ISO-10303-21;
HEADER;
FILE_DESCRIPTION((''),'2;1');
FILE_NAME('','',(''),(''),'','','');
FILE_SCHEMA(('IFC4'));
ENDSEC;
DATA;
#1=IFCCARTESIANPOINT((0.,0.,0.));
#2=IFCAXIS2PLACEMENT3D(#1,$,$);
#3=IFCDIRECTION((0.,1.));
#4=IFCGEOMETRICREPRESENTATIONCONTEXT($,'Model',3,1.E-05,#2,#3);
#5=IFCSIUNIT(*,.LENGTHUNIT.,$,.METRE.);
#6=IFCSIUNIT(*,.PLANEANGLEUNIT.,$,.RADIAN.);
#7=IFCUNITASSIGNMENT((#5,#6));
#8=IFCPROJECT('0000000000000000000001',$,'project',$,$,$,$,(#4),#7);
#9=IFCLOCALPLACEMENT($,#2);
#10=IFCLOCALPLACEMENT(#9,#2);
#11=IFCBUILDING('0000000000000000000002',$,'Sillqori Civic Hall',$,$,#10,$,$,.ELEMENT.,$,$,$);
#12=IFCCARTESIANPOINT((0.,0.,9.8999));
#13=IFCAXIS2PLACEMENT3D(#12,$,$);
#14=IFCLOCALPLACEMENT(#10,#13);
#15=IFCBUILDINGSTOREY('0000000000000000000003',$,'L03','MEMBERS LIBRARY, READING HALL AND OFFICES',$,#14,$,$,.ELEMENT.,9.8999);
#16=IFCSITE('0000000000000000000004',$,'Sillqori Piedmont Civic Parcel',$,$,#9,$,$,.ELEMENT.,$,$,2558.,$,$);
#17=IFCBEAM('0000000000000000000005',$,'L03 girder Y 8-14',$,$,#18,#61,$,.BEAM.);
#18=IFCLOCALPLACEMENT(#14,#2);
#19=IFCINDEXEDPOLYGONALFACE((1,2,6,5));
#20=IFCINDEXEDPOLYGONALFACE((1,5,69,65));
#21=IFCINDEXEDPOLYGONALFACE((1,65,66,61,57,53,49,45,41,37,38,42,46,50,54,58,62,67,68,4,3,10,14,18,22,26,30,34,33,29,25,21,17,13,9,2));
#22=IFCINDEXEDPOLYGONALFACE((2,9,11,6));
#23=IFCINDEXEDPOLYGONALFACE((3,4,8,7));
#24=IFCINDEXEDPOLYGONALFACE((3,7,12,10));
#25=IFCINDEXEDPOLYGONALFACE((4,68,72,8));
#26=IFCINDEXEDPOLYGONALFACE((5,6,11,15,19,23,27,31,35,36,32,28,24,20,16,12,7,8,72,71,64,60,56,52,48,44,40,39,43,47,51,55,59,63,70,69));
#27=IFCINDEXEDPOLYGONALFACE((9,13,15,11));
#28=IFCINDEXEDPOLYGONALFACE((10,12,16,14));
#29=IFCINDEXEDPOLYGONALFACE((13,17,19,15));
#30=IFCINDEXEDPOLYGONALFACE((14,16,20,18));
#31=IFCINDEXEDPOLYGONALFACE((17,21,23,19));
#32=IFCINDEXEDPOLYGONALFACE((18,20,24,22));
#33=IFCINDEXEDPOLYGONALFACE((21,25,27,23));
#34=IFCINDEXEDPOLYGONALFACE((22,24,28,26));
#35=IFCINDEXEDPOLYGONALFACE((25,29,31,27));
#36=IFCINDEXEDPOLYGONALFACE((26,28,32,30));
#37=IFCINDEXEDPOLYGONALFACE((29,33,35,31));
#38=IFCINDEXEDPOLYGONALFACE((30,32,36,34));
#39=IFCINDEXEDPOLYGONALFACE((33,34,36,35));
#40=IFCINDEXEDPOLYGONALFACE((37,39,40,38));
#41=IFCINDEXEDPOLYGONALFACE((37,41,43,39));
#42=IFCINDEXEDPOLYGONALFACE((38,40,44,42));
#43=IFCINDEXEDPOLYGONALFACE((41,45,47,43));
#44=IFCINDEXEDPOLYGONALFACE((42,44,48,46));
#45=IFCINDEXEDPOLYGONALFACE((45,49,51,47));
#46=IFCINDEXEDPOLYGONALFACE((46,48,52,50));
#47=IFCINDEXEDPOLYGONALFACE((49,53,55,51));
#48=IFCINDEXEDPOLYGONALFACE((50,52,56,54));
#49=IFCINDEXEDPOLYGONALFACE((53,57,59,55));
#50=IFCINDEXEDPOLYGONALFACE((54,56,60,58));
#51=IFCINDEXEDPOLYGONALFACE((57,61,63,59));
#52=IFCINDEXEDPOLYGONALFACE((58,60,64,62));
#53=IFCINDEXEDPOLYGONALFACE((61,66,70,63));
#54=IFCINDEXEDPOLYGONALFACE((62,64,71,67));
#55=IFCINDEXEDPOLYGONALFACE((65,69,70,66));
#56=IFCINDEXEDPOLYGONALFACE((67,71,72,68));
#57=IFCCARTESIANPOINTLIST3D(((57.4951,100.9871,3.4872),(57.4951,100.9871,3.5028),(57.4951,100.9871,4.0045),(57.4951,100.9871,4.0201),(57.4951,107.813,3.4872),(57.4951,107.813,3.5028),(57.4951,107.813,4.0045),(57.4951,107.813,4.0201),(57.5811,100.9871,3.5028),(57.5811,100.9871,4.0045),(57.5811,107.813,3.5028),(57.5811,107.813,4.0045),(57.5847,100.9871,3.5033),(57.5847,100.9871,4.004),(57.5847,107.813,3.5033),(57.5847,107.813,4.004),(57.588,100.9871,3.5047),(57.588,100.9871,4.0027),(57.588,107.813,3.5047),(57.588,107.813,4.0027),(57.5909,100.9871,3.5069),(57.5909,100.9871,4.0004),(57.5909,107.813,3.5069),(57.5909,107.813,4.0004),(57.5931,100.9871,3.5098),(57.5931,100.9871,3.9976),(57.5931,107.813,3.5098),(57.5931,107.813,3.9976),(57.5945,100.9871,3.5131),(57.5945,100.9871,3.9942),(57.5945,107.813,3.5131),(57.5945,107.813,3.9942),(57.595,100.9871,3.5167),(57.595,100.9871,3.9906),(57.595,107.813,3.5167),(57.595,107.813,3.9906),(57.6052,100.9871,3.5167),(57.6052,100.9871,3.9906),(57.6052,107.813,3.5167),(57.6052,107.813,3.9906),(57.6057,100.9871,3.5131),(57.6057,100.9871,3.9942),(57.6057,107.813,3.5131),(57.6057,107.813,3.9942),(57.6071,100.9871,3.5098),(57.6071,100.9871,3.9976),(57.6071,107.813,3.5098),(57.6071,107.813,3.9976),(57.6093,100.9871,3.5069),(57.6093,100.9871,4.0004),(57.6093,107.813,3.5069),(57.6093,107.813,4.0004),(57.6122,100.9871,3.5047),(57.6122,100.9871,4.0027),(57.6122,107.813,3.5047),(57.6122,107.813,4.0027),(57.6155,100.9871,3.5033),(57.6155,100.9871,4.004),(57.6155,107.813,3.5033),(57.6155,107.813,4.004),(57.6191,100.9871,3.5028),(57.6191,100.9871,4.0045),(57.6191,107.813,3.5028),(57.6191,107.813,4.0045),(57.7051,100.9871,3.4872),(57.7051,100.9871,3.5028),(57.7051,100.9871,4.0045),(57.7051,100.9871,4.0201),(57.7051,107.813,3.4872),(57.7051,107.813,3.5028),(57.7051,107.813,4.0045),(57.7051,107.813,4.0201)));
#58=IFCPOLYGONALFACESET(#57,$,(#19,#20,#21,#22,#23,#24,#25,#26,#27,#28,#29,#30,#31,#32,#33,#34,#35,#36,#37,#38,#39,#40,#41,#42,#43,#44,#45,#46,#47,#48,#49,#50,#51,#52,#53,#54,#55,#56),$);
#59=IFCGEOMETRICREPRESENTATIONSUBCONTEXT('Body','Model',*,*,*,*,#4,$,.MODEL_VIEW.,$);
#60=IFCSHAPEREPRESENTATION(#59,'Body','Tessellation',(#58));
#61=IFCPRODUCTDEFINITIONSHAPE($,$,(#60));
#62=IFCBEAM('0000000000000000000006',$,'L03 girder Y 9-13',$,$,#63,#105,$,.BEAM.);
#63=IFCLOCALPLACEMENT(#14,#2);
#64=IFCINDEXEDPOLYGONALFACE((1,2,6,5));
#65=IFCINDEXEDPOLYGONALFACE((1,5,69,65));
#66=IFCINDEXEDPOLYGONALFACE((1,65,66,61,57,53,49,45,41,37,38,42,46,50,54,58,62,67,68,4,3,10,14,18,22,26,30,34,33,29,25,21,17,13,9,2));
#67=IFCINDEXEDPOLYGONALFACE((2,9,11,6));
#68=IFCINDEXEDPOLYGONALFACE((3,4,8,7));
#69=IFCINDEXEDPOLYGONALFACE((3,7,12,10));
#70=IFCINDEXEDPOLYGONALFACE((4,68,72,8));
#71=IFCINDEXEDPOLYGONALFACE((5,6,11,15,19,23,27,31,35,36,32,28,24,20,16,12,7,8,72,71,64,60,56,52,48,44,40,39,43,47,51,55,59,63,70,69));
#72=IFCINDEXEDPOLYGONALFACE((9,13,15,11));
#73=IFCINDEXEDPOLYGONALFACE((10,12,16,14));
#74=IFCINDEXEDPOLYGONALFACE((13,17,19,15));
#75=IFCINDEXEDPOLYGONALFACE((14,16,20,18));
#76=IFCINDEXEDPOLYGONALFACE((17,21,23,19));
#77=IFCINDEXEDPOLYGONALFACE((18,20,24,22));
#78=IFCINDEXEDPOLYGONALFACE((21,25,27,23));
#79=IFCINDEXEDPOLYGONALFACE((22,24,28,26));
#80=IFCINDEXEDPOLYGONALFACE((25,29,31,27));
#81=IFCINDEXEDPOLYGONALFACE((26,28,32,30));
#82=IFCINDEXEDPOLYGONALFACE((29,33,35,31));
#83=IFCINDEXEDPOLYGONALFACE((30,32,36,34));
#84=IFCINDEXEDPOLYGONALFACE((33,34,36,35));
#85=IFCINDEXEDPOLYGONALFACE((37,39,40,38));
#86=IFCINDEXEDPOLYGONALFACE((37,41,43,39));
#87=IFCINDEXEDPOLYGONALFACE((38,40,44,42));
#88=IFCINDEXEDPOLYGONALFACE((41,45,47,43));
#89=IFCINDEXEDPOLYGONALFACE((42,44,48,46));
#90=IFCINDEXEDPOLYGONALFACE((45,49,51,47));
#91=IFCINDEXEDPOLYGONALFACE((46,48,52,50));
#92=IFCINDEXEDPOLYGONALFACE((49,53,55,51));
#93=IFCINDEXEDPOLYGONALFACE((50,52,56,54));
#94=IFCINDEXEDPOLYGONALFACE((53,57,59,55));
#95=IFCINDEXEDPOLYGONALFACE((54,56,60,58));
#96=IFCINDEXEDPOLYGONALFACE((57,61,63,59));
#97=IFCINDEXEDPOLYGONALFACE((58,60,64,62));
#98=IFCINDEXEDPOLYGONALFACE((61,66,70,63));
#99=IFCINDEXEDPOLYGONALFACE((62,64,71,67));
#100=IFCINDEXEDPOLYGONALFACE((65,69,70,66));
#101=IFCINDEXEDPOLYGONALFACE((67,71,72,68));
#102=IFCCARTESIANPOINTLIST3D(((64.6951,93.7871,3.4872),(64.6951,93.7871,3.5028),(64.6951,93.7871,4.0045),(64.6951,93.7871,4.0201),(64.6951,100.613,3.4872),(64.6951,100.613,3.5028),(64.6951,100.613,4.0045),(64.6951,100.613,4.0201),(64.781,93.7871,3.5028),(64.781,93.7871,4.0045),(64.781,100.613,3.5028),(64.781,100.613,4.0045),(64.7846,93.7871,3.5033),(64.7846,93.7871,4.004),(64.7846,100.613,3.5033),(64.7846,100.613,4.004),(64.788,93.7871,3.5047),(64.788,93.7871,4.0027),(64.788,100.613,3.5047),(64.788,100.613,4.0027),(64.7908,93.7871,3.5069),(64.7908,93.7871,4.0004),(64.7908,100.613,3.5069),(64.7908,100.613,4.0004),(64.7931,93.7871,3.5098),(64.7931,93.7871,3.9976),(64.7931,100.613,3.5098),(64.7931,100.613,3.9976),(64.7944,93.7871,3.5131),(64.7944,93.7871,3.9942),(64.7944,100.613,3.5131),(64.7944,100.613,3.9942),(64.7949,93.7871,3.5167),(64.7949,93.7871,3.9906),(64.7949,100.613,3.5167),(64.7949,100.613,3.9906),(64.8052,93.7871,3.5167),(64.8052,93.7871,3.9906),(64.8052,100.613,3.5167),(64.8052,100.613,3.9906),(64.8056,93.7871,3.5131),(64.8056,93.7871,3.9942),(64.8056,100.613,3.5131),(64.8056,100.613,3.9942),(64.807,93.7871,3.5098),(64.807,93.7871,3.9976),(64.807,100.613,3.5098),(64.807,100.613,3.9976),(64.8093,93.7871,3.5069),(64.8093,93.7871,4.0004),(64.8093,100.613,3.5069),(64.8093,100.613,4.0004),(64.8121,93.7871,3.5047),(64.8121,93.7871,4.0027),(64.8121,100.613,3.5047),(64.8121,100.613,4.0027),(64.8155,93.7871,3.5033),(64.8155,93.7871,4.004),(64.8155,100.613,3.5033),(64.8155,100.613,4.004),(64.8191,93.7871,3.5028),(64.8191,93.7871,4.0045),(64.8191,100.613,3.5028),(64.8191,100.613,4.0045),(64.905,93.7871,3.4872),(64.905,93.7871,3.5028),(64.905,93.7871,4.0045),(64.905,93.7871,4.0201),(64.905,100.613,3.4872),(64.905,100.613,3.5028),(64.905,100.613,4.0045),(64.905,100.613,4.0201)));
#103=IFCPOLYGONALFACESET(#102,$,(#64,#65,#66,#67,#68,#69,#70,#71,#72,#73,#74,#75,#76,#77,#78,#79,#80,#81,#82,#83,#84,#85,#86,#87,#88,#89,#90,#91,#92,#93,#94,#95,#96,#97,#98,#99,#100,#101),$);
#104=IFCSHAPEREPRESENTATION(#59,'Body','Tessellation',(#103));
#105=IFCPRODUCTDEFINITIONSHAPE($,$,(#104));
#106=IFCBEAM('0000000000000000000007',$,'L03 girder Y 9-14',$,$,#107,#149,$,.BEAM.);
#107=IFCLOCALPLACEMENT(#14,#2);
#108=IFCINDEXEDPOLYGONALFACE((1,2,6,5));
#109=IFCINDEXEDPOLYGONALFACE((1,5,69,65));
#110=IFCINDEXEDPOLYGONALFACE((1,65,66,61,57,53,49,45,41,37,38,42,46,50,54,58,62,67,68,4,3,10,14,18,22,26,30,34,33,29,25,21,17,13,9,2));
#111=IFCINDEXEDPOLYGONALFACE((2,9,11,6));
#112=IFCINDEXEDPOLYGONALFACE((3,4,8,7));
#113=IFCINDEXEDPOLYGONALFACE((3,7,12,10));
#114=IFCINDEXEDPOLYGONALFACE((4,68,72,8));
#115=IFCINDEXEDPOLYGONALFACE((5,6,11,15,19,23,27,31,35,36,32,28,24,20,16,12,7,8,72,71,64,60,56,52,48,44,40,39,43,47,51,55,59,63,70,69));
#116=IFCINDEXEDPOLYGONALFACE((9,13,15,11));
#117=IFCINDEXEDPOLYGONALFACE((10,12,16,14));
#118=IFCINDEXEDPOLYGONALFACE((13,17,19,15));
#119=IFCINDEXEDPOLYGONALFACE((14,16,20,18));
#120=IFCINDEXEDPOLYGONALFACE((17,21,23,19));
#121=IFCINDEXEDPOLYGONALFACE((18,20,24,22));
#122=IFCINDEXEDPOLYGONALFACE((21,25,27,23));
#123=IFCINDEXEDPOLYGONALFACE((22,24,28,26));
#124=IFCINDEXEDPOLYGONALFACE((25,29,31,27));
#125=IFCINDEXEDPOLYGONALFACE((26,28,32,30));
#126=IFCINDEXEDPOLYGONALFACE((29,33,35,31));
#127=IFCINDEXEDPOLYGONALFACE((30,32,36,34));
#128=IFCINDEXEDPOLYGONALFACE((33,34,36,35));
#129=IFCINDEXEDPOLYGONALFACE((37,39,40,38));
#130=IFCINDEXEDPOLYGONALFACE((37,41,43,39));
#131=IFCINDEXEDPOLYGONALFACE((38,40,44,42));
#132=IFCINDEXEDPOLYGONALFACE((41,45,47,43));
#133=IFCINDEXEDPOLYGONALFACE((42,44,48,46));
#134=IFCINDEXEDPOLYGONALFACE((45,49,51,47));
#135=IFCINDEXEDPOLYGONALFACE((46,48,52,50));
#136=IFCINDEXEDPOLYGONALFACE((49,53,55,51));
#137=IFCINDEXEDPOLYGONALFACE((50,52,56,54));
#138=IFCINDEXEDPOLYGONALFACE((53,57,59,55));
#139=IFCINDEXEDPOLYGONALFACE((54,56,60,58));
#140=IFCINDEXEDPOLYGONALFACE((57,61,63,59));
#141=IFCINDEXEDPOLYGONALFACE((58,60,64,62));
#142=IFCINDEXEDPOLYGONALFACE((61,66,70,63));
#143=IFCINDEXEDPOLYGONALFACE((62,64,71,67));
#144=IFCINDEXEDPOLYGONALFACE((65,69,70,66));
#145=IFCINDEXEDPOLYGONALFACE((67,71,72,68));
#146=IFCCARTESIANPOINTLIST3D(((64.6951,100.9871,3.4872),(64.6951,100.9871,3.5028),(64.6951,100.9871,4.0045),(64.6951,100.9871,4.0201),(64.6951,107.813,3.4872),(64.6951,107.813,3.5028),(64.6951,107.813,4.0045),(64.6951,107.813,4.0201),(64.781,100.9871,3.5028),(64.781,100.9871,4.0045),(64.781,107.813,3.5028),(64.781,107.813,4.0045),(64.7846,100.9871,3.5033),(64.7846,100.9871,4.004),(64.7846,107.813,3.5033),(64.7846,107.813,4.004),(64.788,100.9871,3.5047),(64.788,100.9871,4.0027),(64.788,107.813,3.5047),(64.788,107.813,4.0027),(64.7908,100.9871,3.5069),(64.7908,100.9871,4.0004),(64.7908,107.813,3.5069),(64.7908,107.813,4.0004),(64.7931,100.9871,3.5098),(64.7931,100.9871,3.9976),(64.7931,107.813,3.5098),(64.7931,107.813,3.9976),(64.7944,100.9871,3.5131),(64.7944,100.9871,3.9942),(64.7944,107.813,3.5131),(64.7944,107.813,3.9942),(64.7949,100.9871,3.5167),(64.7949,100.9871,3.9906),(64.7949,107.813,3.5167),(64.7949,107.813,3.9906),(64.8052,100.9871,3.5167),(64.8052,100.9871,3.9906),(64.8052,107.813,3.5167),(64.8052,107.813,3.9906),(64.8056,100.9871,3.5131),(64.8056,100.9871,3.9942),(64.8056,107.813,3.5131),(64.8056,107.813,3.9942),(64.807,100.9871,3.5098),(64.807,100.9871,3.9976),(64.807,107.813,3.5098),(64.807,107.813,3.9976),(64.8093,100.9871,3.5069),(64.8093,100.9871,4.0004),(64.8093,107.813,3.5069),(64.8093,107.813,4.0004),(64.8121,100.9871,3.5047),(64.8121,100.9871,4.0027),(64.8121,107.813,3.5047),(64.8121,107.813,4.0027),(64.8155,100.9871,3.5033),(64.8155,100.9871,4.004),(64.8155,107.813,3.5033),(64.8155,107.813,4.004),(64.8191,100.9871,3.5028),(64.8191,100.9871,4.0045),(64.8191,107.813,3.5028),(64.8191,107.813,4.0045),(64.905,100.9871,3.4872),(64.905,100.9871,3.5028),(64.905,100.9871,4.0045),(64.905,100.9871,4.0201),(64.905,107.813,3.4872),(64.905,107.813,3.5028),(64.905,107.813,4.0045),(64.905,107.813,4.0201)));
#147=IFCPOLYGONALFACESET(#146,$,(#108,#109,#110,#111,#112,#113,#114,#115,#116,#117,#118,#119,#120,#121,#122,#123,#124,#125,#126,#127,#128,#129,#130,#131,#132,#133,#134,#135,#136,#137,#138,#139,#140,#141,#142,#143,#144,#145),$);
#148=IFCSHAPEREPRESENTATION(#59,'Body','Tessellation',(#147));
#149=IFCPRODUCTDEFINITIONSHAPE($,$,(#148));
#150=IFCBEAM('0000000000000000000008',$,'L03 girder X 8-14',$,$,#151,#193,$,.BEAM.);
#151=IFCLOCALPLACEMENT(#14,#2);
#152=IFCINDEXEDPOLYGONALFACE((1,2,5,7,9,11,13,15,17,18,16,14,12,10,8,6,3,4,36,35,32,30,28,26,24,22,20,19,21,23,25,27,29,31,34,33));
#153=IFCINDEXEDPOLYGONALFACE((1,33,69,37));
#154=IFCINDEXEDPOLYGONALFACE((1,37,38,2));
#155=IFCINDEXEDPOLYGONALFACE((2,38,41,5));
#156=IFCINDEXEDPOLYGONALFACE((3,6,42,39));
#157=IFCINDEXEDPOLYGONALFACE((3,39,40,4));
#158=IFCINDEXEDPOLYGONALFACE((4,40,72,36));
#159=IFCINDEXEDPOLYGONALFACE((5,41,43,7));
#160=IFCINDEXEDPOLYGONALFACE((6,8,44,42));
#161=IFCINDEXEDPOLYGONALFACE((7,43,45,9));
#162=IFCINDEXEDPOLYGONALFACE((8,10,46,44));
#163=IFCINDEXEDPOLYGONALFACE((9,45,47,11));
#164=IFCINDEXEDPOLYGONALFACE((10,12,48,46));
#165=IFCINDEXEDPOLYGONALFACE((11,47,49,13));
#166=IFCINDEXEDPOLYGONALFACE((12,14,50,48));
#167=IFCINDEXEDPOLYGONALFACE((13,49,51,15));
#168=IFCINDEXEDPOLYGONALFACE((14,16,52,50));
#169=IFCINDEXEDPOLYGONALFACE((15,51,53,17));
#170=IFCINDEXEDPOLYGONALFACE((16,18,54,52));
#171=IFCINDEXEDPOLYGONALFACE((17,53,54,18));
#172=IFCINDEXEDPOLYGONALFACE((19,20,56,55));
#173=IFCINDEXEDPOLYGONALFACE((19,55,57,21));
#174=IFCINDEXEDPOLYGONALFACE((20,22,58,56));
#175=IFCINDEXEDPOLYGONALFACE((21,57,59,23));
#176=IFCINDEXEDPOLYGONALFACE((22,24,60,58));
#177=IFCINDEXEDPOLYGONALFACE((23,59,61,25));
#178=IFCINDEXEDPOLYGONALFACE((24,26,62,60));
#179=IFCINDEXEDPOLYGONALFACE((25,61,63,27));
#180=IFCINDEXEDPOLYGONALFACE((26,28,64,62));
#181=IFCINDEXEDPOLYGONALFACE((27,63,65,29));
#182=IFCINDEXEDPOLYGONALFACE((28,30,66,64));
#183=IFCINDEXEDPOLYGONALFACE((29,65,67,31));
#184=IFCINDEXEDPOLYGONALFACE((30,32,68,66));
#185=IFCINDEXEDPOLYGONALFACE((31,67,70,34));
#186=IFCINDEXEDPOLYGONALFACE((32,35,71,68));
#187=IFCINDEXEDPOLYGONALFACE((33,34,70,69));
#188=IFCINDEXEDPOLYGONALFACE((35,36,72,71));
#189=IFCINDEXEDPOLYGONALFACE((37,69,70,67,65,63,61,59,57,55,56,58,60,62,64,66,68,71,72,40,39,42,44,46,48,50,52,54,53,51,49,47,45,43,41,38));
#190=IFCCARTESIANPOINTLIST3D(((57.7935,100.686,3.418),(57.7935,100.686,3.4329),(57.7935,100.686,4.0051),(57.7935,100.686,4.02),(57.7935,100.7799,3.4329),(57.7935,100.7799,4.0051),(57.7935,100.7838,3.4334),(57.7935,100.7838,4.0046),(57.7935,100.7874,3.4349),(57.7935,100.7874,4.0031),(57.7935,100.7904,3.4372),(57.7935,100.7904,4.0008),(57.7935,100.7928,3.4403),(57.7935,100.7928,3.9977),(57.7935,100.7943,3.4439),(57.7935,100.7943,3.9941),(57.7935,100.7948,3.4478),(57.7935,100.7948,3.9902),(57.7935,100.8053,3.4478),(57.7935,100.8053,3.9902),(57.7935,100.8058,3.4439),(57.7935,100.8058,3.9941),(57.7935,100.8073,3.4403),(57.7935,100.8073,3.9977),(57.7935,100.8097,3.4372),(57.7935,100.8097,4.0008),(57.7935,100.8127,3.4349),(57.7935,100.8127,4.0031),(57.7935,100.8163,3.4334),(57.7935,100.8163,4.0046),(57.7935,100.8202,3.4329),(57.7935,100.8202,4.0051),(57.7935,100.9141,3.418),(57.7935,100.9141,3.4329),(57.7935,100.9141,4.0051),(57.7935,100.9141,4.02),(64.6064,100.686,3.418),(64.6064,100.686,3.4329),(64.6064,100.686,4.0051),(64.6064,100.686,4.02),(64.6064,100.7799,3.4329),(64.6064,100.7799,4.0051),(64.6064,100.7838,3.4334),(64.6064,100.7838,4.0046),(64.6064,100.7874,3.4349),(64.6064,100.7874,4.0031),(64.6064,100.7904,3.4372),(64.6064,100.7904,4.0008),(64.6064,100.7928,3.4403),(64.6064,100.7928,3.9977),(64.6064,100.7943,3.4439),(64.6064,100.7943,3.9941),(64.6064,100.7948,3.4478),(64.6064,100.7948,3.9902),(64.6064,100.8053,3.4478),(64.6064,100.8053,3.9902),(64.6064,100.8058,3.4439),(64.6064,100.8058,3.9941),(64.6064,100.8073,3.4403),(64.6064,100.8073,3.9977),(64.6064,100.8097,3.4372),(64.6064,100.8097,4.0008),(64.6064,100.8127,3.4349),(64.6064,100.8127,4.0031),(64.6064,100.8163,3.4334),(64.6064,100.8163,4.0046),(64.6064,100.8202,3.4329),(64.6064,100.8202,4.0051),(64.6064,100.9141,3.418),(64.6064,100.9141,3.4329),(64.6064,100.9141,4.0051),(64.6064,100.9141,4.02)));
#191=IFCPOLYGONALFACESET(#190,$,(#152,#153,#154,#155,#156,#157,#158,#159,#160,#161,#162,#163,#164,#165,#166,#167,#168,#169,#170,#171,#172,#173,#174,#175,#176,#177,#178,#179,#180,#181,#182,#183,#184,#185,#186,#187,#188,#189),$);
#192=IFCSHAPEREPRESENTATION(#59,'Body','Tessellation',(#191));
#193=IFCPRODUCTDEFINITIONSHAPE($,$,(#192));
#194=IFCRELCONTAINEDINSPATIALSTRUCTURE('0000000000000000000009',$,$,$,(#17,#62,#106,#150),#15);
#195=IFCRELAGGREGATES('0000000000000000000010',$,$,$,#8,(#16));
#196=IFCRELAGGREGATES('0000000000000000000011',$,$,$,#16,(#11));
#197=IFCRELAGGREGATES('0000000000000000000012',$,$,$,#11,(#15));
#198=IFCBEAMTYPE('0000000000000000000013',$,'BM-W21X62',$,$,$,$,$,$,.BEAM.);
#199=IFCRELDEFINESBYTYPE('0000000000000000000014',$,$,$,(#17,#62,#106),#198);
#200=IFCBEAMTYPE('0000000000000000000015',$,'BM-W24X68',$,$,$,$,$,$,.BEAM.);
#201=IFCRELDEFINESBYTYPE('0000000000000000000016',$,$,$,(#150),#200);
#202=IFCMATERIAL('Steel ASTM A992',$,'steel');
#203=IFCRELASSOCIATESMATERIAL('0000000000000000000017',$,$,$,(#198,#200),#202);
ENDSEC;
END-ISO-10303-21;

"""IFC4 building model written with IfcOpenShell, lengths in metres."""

from ifc_helpers import new_model, si_unit, direction, frame, origin, origin_2d, place, context, subcontext, project, spatial, i_section, extrude, material, material_profile, profile_set, type_object, element, save


model = new_model("IFC4")

# Units and contexts
model_context = context("Model", 3, precision=1e-05, world=origin(), true_north=direction((0.0, 1.0)))
body_context = subcontext(model_context, "Body", "Model", "MODEL_VIEW")
ifc_project = project(units=[si_unit("LENGTHUNIT", "METRE"), si_unit("PLANEANGLEUNIT", "RADIAN")], contexts=[model_context])

# Site, building, storey
site_placement = place(None, origin())
site = spatial("IfcSite", under=ifc_project, at=site_placement, Name="Sillqori Piedmont Civic Parcel", CompositionType="ELEMENT", RefElevation=2558.0)
building_placement = place(site_placement, origin())
building = spatial("IfcBuilding", under=site, at=building_placement, Name="Sillqori Civic Hall", CompositionType="ELEMENT")
storey_placement = place(building_placement, frame((0.0, 0.0, 9.8999)))
storey = spatial("IfcBuildingStorey", under=building, at=storey_placement, Name="L03", Description="MEMBERS LIBRARY, READING HALL AND OFFICES", CompositionType="ELEMENT", Elevation=9.8999)

# Shared definitions
ifc_material_1 = material(Name="Steel ASTM A992", Category="steel")

# Beams
ifc_material_profile_1 = material_profile(ifc_material_1, i_section(OverallWidth=0.21, OverallDepth=0.533, WebThickness=0.0103, FlangeThickness=0.0156, FilletRadius=0.0139, at=origin_2d()), Name="W21X62")
ifc_profile_set_1 = profile_set([ifc_material_profile_1], Name="Steel ASTM A992")
beam_type_1 = type_object("IfcBeamType", Name="BM-W21X62", PredefinedType="BEAM", material=ifc_profile_set_1)
for number, where, z_axis, x_axis, name in (
    (1, (57.6001, 100.9871, 3.7537), (0.0, 1.0, 0.0), (-1.0, 0.0, 0.0), "L03 girder Y 8-14"),
    (2, (64.8, 93.7871, 3.7537), (0.0, 1.0, 0.0), (-1.0, 0.0, 0.0), "L03 girder Y 9-13"),
    (3, (64.8, 100.9871, 3.7537), (0.0, 1.0, 0.0), (-1.0, 0.0, 0.0), "L03 girder Y 9-14"),
):
    element("IfcBeam", number, at=place(storey_placement, frame(where, z_axis=z_axis, x_axis=x_axis)), inside=storey, type_object=beam_type_1, Name=name, PredefinedType="BEAM", context=body_context, shape_type="SweptSolid", body=[
        extrude(i_section(OverallWidth=0.21, OverallDepth=0.533, WebThickness=0.0103, FlangeThickness=0.0156, FilletRadius=0.0139, at=origin_2d()), origin(), (0.0, 0.0, 1.0), 6.8259),
    ])
ifc_material_profile_2 = material_profile(ifc_material_1, i_section(OverallWidth=0.228, OverallDepth=0.6021, WebThickness=0.0105, FlangeThickness=0.0149, FilletRadius=0.0149, at=origin_2d()), Name="W24X68")
ifc_profile_set_2 = profile_set([ifc_material_profile_2], Name="Steel ASTM A992")
beam_type_2 = type_object("IfcBeamType", Name="BM-W24X68", PredefinedType="BEAM", material=ifc_profile_set_2)
for number, where, z_axis, x_axis, name in (
    (4, (57.7935, 100.8, 3.719), (1.0, 0.0, 0.0), (0.0, 1.0, 0.0), "L03 girder X 8-14"),
):
    element("IfcBeam", number, at=place(storey_placement, frame(where, z_axis=z_axis, x_axis=x_axis)), inside=storey, type_object=beam_type_2, Name=name, PredefinedType="BEAM", context=body_context, shape_type="SweptSolid", body=[
        extrude(i_section(OverallWidth=0.228, OverallDepth=0.6021, WebThickness=0.0105, FlangeThickness=0.0149, FilletRadius=0.0149, at=origin_2d()), origin(), (0.0, 0.0, 1.0), 6.813),
    ])

save(model, "model.ifc")
